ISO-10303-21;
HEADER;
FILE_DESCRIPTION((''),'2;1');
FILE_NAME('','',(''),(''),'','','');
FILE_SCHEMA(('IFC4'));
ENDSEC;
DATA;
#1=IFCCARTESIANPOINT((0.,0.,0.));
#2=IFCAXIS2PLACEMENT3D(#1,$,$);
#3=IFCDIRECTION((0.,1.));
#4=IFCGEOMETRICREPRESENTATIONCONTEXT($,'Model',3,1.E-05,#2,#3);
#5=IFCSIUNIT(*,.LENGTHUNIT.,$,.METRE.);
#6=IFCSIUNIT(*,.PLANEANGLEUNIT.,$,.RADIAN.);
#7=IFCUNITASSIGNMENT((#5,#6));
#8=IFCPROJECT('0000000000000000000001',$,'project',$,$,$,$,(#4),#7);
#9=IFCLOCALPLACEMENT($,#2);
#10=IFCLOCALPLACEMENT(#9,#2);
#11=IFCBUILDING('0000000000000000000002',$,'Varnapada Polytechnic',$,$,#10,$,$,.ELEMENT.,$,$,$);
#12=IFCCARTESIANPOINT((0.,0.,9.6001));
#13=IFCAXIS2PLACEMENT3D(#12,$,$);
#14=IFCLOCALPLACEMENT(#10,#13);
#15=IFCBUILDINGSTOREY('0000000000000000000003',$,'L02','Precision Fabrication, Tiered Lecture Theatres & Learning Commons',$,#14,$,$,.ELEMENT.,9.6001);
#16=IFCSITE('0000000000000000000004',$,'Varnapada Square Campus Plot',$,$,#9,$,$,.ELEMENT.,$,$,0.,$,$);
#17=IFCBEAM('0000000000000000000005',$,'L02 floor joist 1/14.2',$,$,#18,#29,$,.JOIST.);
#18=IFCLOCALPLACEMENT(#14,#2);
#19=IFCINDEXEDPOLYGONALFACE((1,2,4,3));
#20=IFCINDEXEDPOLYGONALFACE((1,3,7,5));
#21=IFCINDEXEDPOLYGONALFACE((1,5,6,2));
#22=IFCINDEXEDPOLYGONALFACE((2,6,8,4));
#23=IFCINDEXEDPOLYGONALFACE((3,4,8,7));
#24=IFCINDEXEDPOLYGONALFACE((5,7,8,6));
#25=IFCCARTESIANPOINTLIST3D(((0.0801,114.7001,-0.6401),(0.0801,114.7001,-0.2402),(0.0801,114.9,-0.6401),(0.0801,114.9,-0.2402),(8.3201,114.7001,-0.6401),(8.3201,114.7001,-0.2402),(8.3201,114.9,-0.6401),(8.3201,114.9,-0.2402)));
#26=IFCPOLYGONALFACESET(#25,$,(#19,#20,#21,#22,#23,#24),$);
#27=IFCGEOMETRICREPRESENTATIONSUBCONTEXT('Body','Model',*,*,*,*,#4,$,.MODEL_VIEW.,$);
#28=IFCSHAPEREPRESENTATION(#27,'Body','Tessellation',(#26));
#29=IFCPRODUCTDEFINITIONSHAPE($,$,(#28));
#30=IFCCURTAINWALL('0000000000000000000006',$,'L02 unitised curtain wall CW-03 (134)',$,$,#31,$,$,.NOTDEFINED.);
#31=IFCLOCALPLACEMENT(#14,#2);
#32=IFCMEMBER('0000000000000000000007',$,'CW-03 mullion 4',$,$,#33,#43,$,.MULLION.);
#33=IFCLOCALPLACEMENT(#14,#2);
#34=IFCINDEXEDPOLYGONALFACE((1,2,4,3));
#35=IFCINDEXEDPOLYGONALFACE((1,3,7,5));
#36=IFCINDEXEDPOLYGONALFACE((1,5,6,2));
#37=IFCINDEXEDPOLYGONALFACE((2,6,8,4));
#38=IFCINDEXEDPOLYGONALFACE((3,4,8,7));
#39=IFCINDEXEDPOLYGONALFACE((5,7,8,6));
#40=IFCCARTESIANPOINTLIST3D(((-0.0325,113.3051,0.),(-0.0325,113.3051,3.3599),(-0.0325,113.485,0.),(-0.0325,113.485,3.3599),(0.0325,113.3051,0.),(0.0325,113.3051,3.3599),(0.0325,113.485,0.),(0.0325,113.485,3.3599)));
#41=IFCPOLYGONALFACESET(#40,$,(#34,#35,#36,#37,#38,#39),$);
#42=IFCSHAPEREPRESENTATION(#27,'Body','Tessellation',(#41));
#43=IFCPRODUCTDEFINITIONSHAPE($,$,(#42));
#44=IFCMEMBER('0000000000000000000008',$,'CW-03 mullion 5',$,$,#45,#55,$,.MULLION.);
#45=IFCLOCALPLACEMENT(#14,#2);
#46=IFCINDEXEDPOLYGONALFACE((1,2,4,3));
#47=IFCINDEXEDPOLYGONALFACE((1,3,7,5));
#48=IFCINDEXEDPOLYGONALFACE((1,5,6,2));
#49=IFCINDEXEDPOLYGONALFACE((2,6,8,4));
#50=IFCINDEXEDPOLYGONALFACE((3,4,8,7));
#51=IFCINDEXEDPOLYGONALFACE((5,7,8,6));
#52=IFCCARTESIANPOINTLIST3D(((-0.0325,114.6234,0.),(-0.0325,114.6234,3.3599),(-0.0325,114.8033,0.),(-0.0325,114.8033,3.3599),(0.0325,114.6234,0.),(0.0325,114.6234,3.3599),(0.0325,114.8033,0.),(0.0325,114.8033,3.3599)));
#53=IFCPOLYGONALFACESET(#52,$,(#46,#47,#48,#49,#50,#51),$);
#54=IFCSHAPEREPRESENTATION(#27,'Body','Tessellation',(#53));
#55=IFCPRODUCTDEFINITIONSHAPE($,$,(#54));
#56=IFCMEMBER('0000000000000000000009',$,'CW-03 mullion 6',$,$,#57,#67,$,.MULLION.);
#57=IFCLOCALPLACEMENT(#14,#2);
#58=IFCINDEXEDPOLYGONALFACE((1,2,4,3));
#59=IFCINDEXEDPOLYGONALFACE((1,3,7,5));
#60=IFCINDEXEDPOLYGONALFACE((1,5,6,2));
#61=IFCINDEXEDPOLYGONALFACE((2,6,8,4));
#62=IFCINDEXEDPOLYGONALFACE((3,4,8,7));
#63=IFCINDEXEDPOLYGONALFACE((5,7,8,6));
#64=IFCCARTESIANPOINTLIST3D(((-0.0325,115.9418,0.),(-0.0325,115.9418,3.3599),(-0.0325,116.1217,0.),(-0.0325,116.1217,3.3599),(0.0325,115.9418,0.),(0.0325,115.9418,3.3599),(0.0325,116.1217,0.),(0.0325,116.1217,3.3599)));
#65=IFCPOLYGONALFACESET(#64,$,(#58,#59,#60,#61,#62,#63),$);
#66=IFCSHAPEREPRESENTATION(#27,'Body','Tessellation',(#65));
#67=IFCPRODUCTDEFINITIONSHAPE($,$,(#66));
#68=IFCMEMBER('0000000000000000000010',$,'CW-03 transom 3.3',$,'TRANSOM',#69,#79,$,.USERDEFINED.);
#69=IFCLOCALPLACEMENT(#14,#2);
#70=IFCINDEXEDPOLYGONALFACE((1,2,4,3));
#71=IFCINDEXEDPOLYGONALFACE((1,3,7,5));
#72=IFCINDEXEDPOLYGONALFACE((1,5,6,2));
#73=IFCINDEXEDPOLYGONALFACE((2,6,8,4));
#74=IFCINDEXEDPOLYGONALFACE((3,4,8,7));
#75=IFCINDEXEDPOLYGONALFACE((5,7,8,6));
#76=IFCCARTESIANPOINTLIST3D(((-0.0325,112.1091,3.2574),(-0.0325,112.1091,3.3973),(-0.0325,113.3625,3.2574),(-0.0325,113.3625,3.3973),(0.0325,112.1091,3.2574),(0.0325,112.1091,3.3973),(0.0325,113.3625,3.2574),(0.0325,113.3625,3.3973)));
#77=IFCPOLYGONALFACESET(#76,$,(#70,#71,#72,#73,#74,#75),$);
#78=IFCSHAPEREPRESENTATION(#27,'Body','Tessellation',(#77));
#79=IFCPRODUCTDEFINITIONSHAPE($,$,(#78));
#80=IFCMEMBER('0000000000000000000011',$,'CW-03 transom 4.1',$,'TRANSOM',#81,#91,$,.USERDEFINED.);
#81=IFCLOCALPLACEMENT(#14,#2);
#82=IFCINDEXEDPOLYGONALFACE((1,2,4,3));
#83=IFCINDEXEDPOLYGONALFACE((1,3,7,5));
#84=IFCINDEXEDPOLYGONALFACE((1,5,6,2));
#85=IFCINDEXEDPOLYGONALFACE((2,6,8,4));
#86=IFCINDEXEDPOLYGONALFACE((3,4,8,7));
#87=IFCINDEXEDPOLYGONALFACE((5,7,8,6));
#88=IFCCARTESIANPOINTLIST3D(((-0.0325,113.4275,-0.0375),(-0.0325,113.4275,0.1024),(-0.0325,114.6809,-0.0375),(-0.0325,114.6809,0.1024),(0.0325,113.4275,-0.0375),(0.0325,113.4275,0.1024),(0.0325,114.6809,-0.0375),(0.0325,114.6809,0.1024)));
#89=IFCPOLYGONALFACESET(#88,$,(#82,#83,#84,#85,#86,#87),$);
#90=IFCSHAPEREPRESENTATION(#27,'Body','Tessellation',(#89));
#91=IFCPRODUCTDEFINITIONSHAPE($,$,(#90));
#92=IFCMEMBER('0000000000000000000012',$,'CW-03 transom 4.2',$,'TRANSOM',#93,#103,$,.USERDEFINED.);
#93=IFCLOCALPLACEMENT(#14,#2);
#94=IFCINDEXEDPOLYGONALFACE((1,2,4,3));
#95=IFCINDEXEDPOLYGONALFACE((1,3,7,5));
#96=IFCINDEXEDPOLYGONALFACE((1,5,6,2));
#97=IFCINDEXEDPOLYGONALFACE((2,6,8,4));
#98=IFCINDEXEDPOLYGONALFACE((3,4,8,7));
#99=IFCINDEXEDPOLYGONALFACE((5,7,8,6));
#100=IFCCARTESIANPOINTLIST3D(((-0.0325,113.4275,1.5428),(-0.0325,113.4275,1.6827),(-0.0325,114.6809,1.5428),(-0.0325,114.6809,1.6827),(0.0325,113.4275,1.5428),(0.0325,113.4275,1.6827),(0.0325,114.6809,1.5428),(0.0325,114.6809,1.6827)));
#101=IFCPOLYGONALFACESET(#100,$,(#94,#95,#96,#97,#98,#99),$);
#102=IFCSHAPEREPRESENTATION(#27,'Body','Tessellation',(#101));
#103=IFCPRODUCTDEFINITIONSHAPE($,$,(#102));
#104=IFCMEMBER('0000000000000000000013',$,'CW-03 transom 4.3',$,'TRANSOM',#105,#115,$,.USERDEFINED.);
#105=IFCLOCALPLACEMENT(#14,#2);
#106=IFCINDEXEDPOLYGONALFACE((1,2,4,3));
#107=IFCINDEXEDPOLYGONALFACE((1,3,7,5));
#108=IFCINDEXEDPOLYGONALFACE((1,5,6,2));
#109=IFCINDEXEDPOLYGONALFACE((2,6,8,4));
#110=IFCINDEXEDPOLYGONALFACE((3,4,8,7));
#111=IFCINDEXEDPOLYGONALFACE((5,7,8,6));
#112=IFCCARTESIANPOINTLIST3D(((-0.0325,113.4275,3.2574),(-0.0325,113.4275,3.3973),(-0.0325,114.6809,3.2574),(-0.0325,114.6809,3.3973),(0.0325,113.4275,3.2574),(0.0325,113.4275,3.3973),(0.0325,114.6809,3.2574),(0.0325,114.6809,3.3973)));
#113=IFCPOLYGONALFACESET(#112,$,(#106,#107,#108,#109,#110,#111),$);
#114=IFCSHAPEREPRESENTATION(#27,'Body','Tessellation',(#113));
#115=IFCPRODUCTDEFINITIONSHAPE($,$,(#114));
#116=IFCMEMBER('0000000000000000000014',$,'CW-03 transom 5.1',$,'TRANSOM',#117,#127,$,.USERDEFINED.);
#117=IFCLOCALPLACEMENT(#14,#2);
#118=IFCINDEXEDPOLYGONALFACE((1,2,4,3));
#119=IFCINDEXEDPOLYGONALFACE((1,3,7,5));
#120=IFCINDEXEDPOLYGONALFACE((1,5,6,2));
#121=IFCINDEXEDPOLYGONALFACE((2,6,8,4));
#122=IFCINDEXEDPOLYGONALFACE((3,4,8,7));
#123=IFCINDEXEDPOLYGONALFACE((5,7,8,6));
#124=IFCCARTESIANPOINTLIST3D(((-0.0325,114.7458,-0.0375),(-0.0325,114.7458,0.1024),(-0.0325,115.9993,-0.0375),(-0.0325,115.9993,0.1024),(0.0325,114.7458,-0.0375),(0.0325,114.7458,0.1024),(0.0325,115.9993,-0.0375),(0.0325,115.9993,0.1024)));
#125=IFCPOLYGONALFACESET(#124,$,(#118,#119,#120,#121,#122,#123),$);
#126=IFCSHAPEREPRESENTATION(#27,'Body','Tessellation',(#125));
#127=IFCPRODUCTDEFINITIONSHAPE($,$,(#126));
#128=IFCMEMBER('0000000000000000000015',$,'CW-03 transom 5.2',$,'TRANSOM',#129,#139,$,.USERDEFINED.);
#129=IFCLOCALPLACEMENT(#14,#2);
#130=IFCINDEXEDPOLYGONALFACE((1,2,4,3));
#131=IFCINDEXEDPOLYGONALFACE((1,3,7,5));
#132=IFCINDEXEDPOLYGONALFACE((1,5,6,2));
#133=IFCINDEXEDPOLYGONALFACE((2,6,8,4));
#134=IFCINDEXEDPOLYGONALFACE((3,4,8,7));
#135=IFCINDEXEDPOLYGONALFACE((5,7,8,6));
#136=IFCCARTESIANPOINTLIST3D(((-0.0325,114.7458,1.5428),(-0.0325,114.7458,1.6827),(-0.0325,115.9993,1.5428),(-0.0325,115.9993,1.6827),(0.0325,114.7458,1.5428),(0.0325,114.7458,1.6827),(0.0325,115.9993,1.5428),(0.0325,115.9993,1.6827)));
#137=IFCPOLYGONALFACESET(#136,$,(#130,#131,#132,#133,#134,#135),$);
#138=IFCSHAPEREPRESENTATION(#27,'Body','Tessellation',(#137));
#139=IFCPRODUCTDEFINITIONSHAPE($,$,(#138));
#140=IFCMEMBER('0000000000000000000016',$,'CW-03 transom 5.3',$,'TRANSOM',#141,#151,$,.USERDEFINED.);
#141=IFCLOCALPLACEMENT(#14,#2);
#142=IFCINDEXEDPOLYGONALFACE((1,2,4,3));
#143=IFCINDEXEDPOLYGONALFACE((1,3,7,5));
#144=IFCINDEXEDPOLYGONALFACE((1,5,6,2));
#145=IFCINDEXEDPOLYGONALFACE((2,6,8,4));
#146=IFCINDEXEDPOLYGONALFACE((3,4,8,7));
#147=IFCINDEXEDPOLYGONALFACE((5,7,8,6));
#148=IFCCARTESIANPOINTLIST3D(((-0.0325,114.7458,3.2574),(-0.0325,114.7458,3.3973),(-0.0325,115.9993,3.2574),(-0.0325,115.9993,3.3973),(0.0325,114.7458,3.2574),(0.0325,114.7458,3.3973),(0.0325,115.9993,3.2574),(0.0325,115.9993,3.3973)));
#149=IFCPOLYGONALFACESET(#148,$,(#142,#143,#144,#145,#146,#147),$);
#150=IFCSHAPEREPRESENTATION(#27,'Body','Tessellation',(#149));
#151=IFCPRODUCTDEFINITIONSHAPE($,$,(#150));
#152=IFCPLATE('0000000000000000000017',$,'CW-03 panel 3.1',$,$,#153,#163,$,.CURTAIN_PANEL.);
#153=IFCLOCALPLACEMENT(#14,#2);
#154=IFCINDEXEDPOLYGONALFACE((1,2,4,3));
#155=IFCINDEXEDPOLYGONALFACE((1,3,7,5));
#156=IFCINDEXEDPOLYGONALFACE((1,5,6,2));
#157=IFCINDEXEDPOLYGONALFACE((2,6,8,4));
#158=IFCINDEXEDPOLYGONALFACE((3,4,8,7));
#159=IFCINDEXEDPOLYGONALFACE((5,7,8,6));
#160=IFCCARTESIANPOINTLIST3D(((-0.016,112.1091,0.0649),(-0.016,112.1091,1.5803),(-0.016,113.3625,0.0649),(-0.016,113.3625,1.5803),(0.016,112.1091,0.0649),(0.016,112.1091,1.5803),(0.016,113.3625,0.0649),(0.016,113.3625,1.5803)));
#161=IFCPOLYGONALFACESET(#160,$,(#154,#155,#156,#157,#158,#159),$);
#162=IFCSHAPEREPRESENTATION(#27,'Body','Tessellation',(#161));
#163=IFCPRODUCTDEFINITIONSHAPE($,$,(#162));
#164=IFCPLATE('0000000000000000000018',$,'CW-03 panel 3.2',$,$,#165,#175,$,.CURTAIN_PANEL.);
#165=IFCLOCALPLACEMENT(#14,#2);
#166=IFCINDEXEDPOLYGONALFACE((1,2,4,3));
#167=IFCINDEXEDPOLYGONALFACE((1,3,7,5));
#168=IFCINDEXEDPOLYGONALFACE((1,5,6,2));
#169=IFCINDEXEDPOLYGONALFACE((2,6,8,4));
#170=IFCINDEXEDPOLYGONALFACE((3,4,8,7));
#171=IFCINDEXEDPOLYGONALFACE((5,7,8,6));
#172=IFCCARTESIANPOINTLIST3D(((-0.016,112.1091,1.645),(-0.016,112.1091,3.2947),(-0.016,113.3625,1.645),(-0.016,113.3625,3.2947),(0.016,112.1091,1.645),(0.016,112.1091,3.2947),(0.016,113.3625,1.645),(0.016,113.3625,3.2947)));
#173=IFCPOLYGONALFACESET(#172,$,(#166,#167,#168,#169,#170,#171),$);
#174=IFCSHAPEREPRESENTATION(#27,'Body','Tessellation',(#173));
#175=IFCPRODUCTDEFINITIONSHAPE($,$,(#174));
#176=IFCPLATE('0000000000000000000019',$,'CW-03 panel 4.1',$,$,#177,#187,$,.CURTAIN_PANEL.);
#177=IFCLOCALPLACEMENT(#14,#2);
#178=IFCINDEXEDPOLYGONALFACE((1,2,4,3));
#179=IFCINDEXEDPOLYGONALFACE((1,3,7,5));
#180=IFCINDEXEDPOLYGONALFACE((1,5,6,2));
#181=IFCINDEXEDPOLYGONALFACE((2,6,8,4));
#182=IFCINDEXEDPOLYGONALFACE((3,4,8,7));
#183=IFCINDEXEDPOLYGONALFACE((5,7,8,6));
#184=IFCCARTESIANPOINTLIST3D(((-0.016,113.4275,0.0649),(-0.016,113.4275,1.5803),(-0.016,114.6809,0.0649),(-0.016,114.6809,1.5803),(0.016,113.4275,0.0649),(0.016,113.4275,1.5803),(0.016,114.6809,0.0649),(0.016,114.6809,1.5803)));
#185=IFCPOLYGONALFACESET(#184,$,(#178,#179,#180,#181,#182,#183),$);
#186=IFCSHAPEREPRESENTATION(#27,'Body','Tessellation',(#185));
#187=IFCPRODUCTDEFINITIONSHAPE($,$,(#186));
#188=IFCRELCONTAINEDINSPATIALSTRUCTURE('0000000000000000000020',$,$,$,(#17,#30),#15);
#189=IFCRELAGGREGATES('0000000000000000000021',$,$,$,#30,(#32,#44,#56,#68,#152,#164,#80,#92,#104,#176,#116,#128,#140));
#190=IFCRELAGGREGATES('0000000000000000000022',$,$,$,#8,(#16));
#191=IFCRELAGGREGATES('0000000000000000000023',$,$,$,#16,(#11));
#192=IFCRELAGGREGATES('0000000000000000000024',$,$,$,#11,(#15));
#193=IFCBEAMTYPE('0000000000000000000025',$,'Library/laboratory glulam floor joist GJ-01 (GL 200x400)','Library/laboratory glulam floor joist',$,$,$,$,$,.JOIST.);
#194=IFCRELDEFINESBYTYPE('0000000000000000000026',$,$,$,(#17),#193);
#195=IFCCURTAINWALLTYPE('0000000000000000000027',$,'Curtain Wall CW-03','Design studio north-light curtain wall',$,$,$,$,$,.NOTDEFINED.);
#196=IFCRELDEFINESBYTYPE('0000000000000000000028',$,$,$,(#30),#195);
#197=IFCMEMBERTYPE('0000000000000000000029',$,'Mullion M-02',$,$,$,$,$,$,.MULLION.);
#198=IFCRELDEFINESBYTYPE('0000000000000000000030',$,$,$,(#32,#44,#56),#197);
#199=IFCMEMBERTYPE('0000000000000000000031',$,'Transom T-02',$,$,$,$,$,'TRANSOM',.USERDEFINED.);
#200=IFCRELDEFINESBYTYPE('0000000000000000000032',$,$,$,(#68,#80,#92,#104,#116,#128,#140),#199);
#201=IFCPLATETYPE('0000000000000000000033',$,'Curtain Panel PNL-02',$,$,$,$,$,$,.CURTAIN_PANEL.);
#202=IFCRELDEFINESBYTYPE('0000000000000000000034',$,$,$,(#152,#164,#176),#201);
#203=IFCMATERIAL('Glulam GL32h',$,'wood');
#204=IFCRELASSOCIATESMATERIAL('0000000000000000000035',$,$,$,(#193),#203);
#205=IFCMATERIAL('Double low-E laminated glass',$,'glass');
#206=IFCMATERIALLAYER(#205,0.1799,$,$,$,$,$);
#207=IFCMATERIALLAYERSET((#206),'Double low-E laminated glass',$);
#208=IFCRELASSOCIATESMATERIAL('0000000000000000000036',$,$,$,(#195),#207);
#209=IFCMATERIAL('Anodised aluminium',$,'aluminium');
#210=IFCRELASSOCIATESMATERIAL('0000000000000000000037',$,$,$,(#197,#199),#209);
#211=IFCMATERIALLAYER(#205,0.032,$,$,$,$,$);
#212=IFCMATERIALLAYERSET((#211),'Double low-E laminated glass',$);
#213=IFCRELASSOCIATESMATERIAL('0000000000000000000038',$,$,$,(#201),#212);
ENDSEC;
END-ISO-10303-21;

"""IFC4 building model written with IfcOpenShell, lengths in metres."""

from ifc_helpers import new_model, si_unit, direction, frame, origin, origin_2d, place, context, subcontext, project, spatial, rectangle, extrude, material, layer, layer_set, material_profile, profile_set, type_object, element, aggregate, save


model = new_model("IFC4")

# Units and contexts
model_context = context("Model", 3, precision=1e-05, world=origin(), true_north=direction((0.0, 1.0)))
body_context = subcontext(model_context, "Body", "Model", "MODEL_VIEW")
ifc_project = project(units=[si_unit("LENGTHUNIT", "METRE"), si_unit("PLANEANGLEUNIT", "RADIAN")], contexts=[model_context])

# Site, building, storey
site_placement = place(None, origin())
site = spatial("IfcSite", under=ifc_project, at=site_placement, Name="Varnapada Square Campus Plot", CompositionType="ELEMENT", RefElevation=0.0)
building_placement = place(site_placement, origin())
building = spatial("IfcBuilding", under=site, at=building_placement, Name="Varnapada Polytechnic", CompositionType="ELEMENT")
storey_placement = place(building_placement, frame((0.0, 0.0, 9.6001)))
storey = spatial("IfcBuildingStorey", under=building, at=storey_placement, Name="L02", Description="Precision Fabrication, Tiered Lecture Theatres & Learning Commons", CompositionType="ELEMENT", Elevation=9.6001)

# Beam
ifc_material_1 = material(Name="Glulam GL32h", Category="wood")
ifc_material_profile_1 = material_profile(ifc_material_1, rectangle(XDim=0.2, YDim=0.3999, at=origin_2d()), Name="GL 200x400")
ifc_profile_set_1 = profile_set([ifc_material_profile_1], Name="Glulam GL32h")
beam_type = type_object("IfcBeamType", Name="Library/laboratory glulam floor joist GJ-01 (GL 200x400)", Description="Library/laboratory glulam floor joist", PredefinedType="JOIST", material=ifc_profile_set_1)
beam_placement = place(storey_placement, frame((0.0801, 114.8, -0.4402), z_axis=(1.0, 0.0, 0.0), x_axis=(0.0, 1.0, 0.0)))
element("IfcBeam", 1, at=beam_placement, inside=storey, type_object=beam_type, Name="L02 floor joist 1/14.2", PredefinedType="JOIST", context=body_context, shape_type="SweptSolid", body=[
    extrude(rectangle(XDim=0.2, YDim=0.3999, at=origin_2d()), origin(), (0.0, 0.0, 1.0), 8.24),
])

# Curtain wall, members, plates
ifc_material_2 = material(Name="Double low-E laminated glass", Category="glass")
ifc_layer_1 = layer(ifc_material_2, 0.1799)
ifc_layer_set_1 = layer_set([ifc_layer_1], Name="Double low-E laminated glass")
curtain_wall_type = type_object("IfcCurtainWallType", Name="Curtain Wall CW-03", Description="Design studio north-light curtain wall", PredefinedType="NOTDEFINED", material=ifc_layer_set_1)
curtain_wall_placement = place(storey_placement, origin())
curtain_wall = element("IfcCurtainWall", 2, at=curtain_wall_placement, inside=storey, type_object=curtain_wall_type, Name="L02 unitised curtain wall CW-03 (134)", PredefinedType="NOTDEFINED")
ifc_material_3 = material(Name="Anodised aluminium", Category="aluminium")
ifc_material_profile_2 = material_profile(ifc_material_3, rectangle(XDim=0.0649, YDim=0.1799, at=origin_2d()), Name="ALU M65x180")
ifc_profile_set_2 = profile_set([ifc_material_profile_2], Name="Anodised aluminium")
member_type_1 = type_object("IfcMemberType", Name="Mullion M-02", PredefinedType="MULLION", material=ifc_profile_set_2)
member_1_placement = place(storey_placement, frame((0.0, 113.395, 0.0), z_axis=(0.0, 0.0, 1.0), x_axis=(-1.0, 0.0, 0.0)))
member_1 = element("IfcMember", 3, at=member_1_placement, type_object=member_type_1, Name="CW-03 mullion 4", PredefinedType="MULLION", context=body_context, shape_type="SweptSolid", body=[
    extrude(rectangle(XDim=0.0649, YDim=0.1799, at=origin_2d()), origin(), (0.0, 0.0, 1.0), 3.3599),
])
member_2_placement = place(storey_placement, frame((0.0, 114.7134, 0.0), z_axis=(0.0, 0.0, 1.0), x_axis=(-1.0, 0.0, 0.0)))
member_2 = element("IfcMember", 4, at=member_2_placement, type_object=member_type_1, Name="CW-03 mullion 5", PredefinedType="MULLION", context=body_context, shape_type="SweptSolid", body=[
    extrude(rectangle(XDim=0.0649, YDim=0.1799, at=origin_2d()), origin(), (0.0, 0.0, 1.0), 3.3599),
])
member_3_placement = place(storey_placement, frame((0.0, 116.0317, 0.0), z_axis=(0.0, 0.0, 1.0), x_axis=(-1.0, 0.0, 0.0)))
member_3 = element("IfcMember", 5, at=member_3_placement, type_object=member_type_1, Name="CW-03 mullion 6", PredefinedType="MULLION", context=body_context, shape_type="SweptSolid", body=[
    extrude(rectangle(XDim=0.0649, YDim=0.1799, at=origin_2d()), origin(), (0.0, 0.0, 1.0), 3.3599),
])
ifc_material_profile_3 = material_profile(ifc_material_3, rectangle(XDim=0.0649, YDim=0.1399, at=origin_2d()), Name="ALU T65x140")
ifc_profile_set_3 = profile_set([ifc_material_profile_3], Name="Anodised aluminium")
member_type_2 = type_object("IfcMemberType", Name="Transom T-02", ElementType="TRANSOM", PredefinedType="USERDEFINED", material=ifc_profile_set_3)
member_4_placement = place(storey_placement, frame((0.0, 112.1091, 3.3274), z_axis=(0.0, 1.0, 0.0), x_axis=(-1.0, 0.0, 0.0)))
member_4 = element("IfcMember", 6, at=member_4_placement, type_object=member_type_2, Name="CW-03 transom 3.3", ObjectType="TRANSOM", PredefinedType="USERDEFINED", context=body_context, shape_type="SweptSolid", body=[
    extrude(rectangle(XDim=0.0649, YDim=0.1399, at=origin_2d()), origin(), (0.0, 0.0, 1.0), 1.2534),
])
member_5_placement = place(storey_placement, frame((0.0, 113.4275, 0.0325), z_axis=(0.0, 1.0, 0.0), x_axis=(-1.0, 0.0, 0.0)))
member_5 = element("IfcMember", 7, at=member_5_placement, type_object=member_type_2, Name="CW-03 transom 4.1", ObjectType="TRANSOM", PredefinedType="USERDEFINED", context=body_context, shape_type="SweptSolid", body=[
    extrude(rectangle(XDim=0.0649, YDim=0.1399, at=origin_2d()), origin(), (0.0, 0.0, 1.0), 1.2534),
])
member_6_placement = place(storey_placement, frame((0.0, 113.4275, 1.6128), z_axis=(0.0, 1.0, 0.0), x_axis=(-1.0, 0.0, 0.0)))
member_6 = element("IfcMember", 8, at=member_6_placement, type_object=member_type_2, Name="CW-03 transom 4.2", ObjectType="TRANSOM", PredefinedType="USERDEFINED", context=body_context, shape_type="SweptSolid", body=[
    extrude(rectangle(XDim=0.0649, YDim=0.1399, at=origin_2d()), origin(), (0.0, 0.0, 1.0), 1.2534),
])
member_7_placement = place(storey_placement, frame((0.0, 113.4275, 3.3274), z_axis=(0.0, 1.0, 0.0), x_axis=(-1.0, 0.0, 0.0)))
member_7 = element("IfcMember", 9, at=member_7_placement, type_object=member_type_2, Name="CW-03 transom 4.3", ObjectType="TRANSOM", PredefinedType="USERDEFINED", context=body_context, shape_type="SweptSolid", body=[
    extrude(rectangle(XDim=0.0649, YDim=0.1399, at=origin_2d()), origin(), (0.0, 0.0, 1.0), 1.2534),
])
member_8_placement = place(storey_placement, frame((0.0, 114.7458, 0.0325), z_axis=(0.0, 1.0, 0.0), x_axis=(-1.0, 0.0, 0.0)))
member_8 = element("IfcMember", 10, at=member_8_placement, type_object=member_type_2, Name="CW-03 transom 5.1", ObjectType="TRANSOM", PredefinedType="USERDEFINED", context=body_context, shape_type="SweptSolid", body=[
    extrude(rectangle(XDim=0.0649, YDim=0.1399, at=origin_2d()), origin(), (0.0, 0.0, 1.0), 1.2534),
])
member_9_placement = place(storey_placement, frame((0.0, 114.7458, 1.6128), z_axis=(0.0, 1.0, 0.0), x_axis=(-1.0, 0.0, 0.0)))
member_9 = element("IfcMember", 11, at=member_9_placement, type_object=member_type_2, Name="CW-03 transom 5.2", ObjectType="TRANSOM", PredefinedType="USERDEFINED", context=body_context, shape_type="SweptSolid", body=[
    extrude(rectangle(XDim=0.0649, YDim=0.1399, at=origin_2d()), origin(), (0.0, 0.0, 1.0), 1.2534),
])
member_10_placement = place(storey_placement, frame((0.0, 114.7458, 3.3274), z_axis=(0.0, 1.0, 0.0), x_axis=(-1.0, 0.0, 0.0)))
member_10 = element("IfcMember", 12, at=member_10_placement, type_object=member_type_2, Name="CW-03 transom 5.3", ObjectType="TRANSOM", PredefinedType="USERDEFINED", context=body_context, shape_type="SweptSolid", body=[
    extrude(rectangle(XDim=0.0649, YDim=0.1399, at=origin_2d()), origin(), (0.0, 0.0, 1.0), 1.2534),
])
ifc_layer_2 = layer(ifc_material_2, 0.032)
ifc_layer_set_2 = layer_set([ifc_layer_2], Name="Double low-E laminated glass")
plate_type = type_object("IfcPlateType", Name="Curtain Panel PNL-02", PredefinedType="CURTAIN_PANEL", material=ifc_layer_set_2)
plate_1_placement = place(storey_placement, frame((0.0, 112.7358, 0.0649), z_axis=(0.0, 0.0, 1.0), x_axis=(0.0, 1.0, 0.0)))
plate_1 = element("IfcPlate", 13, at=plate_1_placement, type_object=plate_type, Name="CW-03 panel 3.1", PredefinedType="CURTAIN_PANEL", context=body_context, shape_type="SweptSolid", body=[
    extrude(rectangle(XDim=1.2534, YDim=0.032, at=origin_2d()), origin(), (0.0, 0.0, 1.0), 1.5154),
])
plate_2_placement = place(storey_placement, frame((0.0, 112.7358, 1.645), z_axis=(0.0, 0.0, 1.0), x_axis=(0.0, 1.0, 0.0)))
plate_2 = element("IfcPlate", 14, at=plate_2_placement, type_object=plate_type, Name="CW-03 panel 3.2", PredefinedType="CURTAIN_PANEL", context=body_context, shape_type="SweptSolid", body=[
    extrude(rectangle(XDim=1.2534, YDim=0.032, at=origin_2d()), origin(), (0.0, 0.0, 1.0), 1.6497),
])
plate_3_placement = place(storey_placement, frame((0.0, 114.0542, 0.0649), z_axis=(0.0, 0.0, 1.0), x_axis=(0.0, 1.0, 0.0)))
plate_3 = element("IfcPlate", 15, at=plate_3_placement, type_object=plate_type, Name="CW-03 panel 4.1", PredefinedType="CURTAIN_PANEL", context=body_context, shape_type="SweptSolid", body=[
    extrude(rectangle(XDim=1.2534, YDim=0.032, at=origin_2d()), origin(), (0.0, 0.0, 1.0), 1.5154),
])
aggregate(curtain_wall, [member_1, member_2, member_3, member_4, plate_1, plate_2, member_5, member_6, member_7, plate_3, member_8, member_9, member_10])

save(model, "model.ifc")
